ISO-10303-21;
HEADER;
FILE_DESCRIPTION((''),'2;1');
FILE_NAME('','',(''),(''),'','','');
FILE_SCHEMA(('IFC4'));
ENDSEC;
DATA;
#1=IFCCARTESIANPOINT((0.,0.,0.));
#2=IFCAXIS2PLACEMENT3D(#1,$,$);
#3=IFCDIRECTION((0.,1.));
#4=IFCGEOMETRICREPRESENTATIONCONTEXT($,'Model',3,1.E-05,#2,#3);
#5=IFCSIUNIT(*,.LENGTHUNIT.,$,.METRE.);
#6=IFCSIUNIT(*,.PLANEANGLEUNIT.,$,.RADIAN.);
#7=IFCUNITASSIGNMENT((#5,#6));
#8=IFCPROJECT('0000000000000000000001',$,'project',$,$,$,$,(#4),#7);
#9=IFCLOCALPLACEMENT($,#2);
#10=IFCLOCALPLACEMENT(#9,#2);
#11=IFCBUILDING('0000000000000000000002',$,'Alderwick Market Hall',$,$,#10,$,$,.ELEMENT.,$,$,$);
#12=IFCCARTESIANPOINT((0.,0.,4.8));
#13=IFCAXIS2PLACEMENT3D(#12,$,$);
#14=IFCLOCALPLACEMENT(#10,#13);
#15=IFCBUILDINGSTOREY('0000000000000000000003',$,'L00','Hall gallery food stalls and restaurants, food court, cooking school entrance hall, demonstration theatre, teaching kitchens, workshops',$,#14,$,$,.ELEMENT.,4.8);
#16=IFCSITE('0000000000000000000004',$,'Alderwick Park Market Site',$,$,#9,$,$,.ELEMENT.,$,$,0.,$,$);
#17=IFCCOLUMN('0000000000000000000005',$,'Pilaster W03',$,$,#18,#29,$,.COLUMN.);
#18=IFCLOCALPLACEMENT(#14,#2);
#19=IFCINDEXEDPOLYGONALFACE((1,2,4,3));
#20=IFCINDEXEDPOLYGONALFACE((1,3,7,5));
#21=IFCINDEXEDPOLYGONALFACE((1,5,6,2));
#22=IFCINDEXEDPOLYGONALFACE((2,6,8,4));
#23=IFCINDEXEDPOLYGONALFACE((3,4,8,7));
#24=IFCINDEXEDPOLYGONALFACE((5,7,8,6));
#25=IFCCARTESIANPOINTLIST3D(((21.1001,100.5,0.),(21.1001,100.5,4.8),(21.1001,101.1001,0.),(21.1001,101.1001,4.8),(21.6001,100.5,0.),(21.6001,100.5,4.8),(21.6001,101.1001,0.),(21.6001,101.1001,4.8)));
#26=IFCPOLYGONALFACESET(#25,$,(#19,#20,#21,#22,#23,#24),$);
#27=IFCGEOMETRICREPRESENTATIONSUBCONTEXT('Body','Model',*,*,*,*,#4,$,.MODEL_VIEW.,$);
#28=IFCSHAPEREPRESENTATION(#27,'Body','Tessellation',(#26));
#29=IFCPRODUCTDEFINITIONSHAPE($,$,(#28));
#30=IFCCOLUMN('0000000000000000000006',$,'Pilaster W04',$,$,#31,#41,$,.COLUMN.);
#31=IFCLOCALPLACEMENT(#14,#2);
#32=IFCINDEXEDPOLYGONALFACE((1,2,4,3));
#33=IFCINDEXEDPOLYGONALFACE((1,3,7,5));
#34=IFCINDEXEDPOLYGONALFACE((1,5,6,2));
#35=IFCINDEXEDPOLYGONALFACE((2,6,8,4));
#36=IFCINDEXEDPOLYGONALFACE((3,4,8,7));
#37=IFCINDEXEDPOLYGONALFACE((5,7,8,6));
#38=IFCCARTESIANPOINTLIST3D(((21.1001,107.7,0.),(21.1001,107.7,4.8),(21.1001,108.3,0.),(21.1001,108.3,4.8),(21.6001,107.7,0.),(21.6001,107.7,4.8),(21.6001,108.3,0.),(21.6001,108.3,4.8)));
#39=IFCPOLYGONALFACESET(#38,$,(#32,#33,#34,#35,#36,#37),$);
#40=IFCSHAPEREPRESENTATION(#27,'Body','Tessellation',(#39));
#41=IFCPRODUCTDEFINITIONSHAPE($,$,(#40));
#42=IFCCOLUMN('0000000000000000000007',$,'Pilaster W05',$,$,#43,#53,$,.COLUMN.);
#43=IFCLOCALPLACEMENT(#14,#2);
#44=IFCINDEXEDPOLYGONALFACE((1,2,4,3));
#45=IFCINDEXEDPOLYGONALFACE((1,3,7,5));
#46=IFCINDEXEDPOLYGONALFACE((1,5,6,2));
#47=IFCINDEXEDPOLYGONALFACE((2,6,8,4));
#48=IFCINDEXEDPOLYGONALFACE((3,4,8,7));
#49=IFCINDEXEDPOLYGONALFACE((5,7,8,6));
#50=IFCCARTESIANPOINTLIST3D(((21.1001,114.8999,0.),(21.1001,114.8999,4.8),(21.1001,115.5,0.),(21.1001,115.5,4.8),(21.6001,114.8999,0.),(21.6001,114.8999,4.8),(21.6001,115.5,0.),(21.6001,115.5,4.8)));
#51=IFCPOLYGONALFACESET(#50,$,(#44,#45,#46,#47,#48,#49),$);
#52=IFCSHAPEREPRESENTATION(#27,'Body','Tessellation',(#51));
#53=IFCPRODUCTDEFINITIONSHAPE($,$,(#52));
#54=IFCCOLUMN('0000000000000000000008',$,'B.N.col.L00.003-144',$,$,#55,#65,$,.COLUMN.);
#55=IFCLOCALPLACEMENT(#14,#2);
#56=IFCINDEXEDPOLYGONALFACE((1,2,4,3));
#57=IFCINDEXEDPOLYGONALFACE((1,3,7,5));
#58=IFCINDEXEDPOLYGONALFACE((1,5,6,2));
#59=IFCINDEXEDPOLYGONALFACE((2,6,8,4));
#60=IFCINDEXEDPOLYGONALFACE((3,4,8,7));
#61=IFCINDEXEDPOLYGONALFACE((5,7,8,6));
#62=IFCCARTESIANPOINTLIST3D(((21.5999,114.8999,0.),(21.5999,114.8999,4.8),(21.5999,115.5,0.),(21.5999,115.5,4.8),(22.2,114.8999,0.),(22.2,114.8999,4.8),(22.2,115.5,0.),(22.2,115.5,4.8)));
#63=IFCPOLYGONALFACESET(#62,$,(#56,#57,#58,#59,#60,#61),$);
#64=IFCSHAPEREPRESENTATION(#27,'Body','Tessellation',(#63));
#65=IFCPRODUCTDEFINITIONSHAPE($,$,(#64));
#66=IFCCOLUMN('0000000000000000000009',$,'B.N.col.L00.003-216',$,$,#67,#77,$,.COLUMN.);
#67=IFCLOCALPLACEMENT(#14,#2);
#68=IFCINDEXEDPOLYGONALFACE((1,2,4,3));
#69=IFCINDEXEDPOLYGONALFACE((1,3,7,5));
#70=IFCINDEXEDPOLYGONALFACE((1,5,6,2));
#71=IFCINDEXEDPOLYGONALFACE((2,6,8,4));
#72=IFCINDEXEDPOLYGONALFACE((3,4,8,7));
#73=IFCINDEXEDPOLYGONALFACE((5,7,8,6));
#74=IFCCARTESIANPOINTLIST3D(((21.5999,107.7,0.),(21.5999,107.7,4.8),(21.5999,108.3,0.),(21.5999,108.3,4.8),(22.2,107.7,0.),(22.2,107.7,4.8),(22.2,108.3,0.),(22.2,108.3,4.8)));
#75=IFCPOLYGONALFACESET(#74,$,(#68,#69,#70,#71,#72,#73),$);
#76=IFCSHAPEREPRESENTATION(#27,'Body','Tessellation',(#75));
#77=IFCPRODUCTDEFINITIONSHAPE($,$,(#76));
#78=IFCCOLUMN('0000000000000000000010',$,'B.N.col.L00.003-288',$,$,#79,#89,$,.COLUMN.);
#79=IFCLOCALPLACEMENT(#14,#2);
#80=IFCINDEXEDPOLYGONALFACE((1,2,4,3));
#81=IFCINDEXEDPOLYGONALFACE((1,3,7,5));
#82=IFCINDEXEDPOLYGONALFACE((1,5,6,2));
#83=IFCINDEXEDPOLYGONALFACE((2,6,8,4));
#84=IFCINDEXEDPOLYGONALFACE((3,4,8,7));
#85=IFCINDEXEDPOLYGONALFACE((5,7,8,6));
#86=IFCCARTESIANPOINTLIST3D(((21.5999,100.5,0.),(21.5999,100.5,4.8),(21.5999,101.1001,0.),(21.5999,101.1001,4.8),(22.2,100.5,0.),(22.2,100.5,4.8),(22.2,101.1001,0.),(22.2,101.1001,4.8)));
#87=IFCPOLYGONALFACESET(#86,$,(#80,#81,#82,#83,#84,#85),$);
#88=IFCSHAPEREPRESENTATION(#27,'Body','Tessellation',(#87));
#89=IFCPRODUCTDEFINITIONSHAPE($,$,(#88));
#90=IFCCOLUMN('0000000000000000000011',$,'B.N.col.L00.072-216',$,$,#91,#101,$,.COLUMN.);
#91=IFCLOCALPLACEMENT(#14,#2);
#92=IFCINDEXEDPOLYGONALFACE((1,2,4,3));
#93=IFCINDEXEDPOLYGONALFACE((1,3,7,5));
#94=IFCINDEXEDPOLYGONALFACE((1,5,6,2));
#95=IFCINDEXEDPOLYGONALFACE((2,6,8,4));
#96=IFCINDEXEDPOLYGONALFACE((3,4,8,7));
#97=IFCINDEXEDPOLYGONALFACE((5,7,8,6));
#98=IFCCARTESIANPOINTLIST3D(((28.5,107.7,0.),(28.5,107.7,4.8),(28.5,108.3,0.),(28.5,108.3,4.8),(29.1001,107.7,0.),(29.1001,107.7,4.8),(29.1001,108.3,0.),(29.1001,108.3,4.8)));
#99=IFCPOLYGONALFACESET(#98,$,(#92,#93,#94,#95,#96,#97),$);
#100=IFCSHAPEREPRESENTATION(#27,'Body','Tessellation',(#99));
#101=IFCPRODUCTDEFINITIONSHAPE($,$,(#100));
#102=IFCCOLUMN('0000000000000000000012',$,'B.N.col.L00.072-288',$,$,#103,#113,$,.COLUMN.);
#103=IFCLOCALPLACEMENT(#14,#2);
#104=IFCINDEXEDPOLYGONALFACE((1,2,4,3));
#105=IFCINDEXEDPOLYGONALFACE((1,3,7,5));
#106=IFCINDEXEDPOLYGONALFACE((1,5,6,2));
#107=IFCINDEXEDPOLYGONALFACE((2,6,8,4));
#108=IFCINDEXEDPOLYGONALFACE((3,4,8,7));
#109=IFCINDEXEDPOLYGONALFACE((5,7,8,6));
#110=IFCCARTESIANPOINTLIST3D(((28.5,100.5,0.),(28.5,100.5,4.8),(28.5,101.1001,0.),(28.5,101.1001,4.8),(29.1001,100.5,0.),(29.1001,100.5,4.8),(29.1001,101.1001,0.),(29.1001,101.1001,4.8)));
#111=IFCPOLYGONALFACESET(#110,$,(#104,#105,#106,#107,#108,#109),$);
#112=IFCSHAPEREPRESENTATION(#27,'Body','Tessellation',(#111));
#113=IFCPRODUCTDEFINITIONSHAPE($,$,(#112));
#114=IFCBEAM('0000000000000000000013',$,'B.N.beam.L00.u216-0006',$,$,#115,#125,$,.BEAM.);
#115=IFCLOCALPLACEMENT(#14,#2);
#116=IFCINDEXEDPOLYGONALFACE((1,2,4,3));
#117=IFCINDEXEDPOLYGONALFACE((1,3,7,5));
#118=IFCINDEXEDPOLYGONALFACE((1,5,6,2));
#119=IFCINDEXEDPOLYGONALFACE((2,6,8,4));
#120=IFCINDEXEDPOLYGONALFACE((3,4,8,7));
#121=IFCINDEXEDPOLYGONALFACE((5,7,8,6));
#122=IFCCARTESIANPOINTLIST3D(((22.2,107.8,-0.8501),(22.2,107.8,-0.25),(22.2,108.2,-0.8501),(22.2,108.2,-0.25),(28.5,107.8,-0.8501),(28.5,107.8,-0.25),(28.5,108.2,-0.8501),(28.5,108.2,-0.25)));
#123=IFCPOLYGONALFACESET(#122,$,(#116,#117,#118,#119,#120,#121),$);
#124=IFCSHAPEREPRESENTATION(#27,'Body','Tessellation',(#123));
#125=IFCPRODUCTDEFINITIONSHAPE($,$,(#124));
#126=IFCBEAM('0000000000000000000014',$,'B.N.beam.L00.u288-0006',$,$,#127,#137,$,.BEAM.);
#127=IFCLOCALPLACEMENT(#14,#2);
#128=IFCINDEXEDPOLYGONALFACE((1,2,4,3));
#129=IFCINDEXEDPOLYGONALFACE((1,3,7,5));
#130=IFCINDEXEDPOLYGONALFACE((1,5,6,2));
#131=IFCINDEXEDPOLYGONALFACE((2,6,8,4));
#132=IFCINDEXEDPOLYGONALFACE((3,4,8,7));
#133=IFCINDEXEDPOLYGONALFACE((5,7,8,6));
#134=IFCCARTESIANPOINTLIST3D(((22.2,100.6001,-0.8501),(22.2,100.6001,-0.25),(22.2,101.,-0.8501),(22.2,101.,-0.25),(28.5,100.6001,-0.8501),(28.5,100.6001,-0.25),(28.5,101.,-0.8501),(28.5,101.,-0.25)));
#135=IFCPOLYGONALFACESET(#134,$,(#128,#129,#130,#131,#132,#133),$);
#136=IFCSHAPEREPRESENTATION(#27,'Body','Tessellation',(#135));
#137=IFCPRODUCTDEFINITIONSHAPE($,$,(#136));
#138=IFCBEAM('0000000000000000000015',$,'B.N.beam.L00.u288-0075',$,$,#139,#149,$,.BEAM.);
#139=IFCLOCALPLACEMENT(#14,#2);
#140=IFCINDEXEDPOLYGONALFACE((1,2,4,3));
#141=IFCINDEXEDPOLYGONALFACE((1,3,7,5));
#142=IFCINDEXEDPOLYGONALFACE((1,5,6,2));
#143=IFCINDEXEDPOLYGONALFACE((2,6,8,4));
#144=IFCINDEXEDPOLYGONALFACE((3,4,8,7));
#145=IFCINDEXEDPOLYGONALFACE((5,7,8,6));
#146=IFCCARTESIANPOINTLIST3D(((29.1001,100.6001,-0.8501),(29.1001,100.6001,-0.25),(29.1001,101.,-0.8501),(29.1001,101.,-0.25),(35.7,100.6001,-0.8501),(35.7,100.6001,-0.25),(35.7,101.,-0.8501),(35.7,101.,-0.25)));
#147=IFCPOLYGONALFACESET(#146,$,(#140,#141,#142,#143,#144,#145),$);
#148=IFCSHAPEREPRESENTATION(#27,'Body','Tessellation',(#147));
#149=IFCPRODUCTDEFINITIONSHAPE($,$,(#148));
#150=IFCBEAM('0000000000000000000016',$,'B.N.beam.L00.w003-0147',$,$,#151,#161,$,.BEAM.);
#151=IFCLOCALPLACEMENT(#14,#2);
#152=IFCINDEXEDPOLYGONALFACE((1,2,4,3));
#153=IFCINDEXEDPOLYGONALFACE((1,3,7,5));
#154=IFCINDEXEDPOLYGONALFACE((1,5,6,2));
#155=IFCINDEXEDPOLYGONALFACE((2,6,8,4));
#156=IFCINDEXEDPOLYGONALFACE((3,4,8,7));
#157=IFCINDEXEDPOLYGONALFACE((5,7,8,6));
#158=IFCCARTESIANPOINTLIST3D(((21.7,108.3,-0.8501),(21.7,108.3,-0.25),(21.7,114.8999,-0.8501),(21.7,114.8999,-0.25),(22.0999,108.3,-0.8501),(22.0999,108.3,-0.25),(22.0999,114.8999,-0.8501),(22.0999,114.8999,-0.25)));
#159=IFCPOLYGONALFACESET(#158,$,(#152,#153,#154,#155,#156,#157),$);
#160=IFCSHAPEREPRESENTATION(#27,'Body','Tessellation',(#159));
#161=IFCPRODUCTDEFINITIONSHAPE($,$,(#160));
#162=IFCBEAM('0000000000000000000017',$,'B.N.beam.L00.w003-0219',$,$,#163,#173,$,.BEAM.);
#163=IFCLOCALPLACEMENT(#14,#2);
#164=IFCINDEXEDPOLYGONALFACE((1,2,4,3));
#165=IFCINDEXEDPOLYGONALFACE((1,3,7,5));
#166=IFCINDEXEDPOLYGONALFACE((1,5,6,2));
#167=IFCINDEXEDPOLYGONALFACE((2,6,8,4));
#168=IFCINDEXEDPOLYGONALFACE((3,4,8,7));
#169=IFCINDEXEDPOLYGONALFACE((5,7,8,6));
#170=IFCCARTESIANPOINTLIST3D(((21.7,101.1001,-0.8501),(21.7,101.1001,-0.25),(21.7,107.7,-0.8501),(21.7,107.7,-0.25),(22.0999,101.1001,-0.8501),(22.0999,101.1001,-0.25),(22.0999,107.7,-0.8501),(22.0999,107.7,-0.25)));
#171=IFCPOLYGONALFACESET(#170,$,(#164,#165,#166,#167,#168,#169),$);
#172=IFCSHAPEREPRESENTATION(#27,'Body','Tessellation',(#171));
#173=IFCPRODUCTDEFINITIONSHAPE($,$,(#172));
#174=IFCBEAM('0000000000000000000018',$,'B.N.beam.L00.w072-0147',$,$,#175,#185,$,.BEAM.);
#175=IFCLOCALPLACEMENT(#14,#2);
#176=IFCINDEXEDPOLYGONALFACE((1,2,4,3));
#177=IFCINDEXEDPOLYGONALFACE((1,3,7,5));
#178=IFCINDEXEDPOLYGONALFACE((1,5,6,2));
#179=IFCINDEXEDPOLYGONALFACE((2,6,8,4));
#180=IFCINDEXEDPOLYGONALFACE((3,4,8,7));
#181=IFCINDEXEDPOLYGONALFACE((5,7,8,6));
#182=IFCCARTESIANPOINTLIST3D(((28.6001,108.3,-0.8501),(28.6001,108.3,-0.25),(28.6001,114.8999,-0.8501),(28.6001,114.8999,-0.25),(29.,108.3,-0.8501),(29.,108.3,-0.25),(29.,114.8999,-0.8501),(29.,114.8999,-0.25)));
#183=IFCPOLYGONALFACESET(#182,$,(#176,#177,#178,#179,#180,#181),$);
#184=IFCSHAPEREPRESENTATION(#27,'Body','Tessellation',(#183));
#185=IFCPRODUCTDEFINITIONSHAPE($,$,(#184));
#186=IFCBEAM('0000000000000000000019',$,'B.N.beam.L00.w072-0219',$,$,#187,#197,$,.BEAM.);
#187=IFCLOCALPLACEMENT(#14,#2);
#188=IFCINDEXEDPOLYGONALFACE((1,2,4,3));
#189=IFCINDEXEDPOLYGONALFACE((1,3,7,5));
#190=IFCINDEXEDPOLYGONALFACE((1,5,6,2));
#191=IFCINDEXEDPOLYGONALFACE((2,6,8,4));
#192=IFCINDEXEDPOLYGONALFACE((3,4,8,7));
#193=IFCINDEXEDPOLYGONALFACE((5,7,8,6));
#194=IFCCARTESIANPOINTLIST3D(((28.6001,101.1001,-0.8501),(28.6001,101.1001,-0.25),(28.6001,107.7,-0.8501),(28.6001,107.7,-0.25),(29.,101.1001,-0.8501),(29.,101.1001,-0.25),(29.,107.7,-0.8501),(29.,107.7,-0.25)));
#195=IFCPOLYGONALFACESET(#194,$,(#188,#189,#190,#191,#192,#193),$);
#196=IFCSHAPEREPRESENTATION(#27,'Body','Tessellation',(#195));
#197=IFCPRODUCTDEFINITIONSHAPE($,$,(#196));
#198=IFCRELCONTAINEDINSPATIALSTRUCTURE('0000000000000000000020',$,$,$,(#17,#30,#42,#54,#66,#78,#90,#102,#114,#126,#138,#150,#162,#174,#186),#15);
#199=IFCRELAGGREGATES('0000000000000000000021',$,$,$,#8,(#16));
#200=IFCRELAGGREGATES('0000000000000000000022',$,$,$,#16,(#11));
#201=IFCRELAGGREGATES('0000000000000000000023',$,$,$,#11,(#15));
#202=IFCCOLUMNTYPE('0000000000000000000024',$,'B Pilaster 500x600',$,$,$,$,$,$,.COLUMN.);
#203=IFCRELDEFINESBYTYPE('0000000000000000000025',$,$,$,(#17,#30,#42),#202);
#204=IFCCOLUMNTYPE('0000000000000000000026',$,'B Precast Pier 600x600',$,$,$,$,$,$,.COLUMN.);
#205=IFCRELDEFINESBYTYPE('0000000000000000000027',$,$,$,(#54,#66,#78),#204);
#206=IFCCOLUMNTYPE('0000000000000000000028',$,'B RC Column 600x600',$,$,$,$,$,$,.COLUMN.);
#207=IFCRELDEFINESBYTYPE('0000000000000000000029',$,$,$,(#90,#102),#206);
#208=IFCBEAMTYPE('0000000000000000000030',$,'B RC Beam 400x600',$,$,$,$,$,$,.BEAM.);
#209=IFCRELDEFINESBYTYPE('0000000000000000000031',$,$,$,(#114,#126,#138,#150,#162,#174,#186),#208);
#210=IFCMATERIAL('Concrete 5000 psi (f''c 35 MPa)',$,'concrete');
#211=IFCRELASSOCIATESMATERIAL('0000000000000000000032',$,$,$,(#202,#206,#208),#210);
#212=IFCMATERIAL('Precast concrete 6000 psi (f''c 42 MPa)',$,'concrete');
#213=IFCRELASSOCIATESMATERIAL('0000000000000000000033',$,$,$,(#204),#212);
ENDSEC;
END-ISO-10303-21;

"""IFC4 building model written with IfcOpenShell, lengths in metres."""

from ifc_helpers import new_model, si_unit, direction, frame, origin, origin_2d, place, context, subcontext, project, spatial, rectangle, extrude, material, material_profile, profile_set, type_object, element, save


model = new_model("IFC4")

# Units and contexts
model_context = context("Model", 3, precision=1e-05, world=origin(), true_north=direction((0.0, 1.0)))
body_context = subcontext(model_context, "Body", "Model", "MODEL_VIEW")
ifc_project = project(units=[si_unit("LENGTHUNIT", "METRE"), si_unit("PLANEANGLEUNIT", "RADIAN")], contexts=[model_context])

# Site, building, storey
site_placement = place(None, origin())
site = spatial("IfcSite", under=ifc_project, at=site_placement, Name="Alderwick Park Market Site", CompositionType="ELEMENT", RefElevation=0.0)
building_placement = place(site_placement, origin())
building = spatial("IfcBuilding", under=site, at=building_placement, Name="Alderwick Market Hall", CompositionType="ELEMENT")
storey_placement = place(building_placement, frame((0.0, 0.0, 4.8)))
storey = spatial("IfcBuildingStorey", under=building, at=storey_placement, Name="L00", Description="Hall gallery food stalls and restaurants, food court, cooking school entrance hall, demonstration theatre, teaching kitchens, workshops", CompositionType="ELEMENT", Elevation=4.8)

# Columns
ifc_material_1 = material(Name="Concrete 5000 psi (f'c 35 MPa)", Category="concrete")
ifc_material_profile_1 = material_profile(ifc_material_1, rectangle(XDim=0.5, YDim=0.6001, at=origin_2d()), Name="B Pilaster 500x600")
ifc_profile_set_1 = profile_set([ifc_material_profile_1], Name="Concrete 5000 psi (f'c 35 MPa)")
column_type_1 = type_object("IfcColumnType", Name="B Pilaster 500x600", PredefinedType="COLUMN", material=ifc_profile_set_1)
for number, where, z_axis, x_axis, name in (
    (1, (21.3501, 100.8, 0.0), (0.0, 0.0, 1.0), (1.0, 0.0, 0.0), "Pilaster W03"),
    (2, (21.3501, 108.0, 0.0), (0.0, 0.0, 1.0), (1.0, 0.0, 0.0), "Pilaster W04"),
    (3, (21.3501, 115.2, 0.0), (0.0, 0.0, 1.0), (1.0, 0.0, 0.0), "Pilaster W05"),
):
    element("IfcColumn", number, at=place(storey_placement, frame(where, z_axis=z_axis, x_axis=x_axis)), inside=storey, type_object=column_type_1, Name=name, PredefinedType="COLUMN", context=body_context, shape_type="SweptSolid", body=[
        extrude(rectangle(XDim=0.5, YDim=0.6001, at=origin_2d()), origin(), (0.0, 0.0, 1.0), 4.8),
    ])
ifc_material_2 = material(Name="Precast concrete 6000 psi (f'c 42 MPa)", Category="concrete")
ifc_material_profile_2 = material_profile(ifc_material_2, rectangle(XDim=0.6001, YDim=0.6001, at=origin_2d()), Name="B Precast Pier 600x600")
ifc_profile_set_2 = profile_set([ifc_material_profile_2], Name="Precast concrete 6000 psi (f'c 42 MPa)")
column_type_2 = type_object("IfcColumnType", Name="B Precast Pier 600x600", PredefinedType="COLUMN", material=ifc_profile_set_2)
for number, where, z_axis, x_axis, name in (
    (4, (21.8999, 115.2, 0.0), (0.0, 0.0, 1.0), (1.0, 0.0, 0.0), "B.N.col.L00.003-144"),
    (5, (21.8999, 108.0, 0.0), (0.0, 0.0, 1.0), (1.0, 0.0, 0.0), "B.N.col.L00.003-216"),
    (6, (21.8999, 100.8, 0.0), (0.0, 0.0, 1.0), (1.0, 0.0, 0.0), "B.N.col.L00.003-288"),
):
    element("IfcColumn", number, at=place(storey_placement, frame(where, z_axis=z_axis, x_axis=x_axis)), inside=storey, type_object=column_type_2, Name=name, PredefinedType="COLUMN", context=body_context, shape_type="SweptSolid", body=[
        extrude(rectangle(XDim=0.6001, YDim=0.6001, at=origin_2d()), origin(), (0.0, 0.0, 1.0), 4.8),
    ])
ifc_material_profile_3 = material_profile(ifc_material_1, rectangle(XDim=0.6001, YDim=0.6001, at=origin_2d()), Name="B RC Column 600x600")
ifc_profile_set_3 = profile_set([ifc_material_profile_3], Name="Concrete 5000 psi (f'c 35 MPa)")
column_type_3 = type_object("IfcColumnType", Name="B RC Column 600x600", PredefinedType="COLUMN", material=ifc_profile_set_3)
for number, where, z_axis, x_axis, name in (
    (7, (28.8, 108.0, 0.0), (0.0, 0.0, 1.0), (1.0, 0.0, 0.0), "B.N.col.L00.072-216"),
    (8, (28.8, 100.8, 0.0), (0.0, 0.0, 1.0), (1.0, 0.0, 0.0), "B.N.col.L00.072-288"),
):
    element("IfcColumn", number, at=place(storey_placement, frame(where, z_axis=z_axis, x_axis=x_axis)), inside=storey, type_object=column_type_3, Name=name, PredefinedType="COLUMN", context=body_context, shape_type="SweptSolid", body=[
        extrude(rectangle(XDim=0.6001, YDim=0.6001, at=origin_2d()), origin(), (0.0, 0.0, 1.0), 4.8),
    ])

# Beams
ifc_material_profile_4 = material_profile(ifc_material_1, rectangle(XDim=0.3999, YDim=0.6001, at=origin_2d()), Name="B RC Beam 400x600")
ifc_profile_set_4 = profile_set([ifc_material_profile_4], Name="Concrete 5000 psi (f'c 35 MPa)")
beam_type = type_object("IfcBeamType", Name="B RC Beam 400x600", PredefinedType="BEAM", material=ifc_profile_set_4)
for number, where, z_axis, x_axis, name in (
    (9, (22.2, 108.0, -0.55), (1.0, 0.0, 0.0), (0.0, 1.0, 0.0), "B.N.beam.L00.u216-0006"),
    (10, (22.2, 100.8, -0.55), (1.0, 0.0, 0.0), (0.0, 1.0, 0.0), "B.N.beam.L00.u288-0006"),
):
    element("IfcBeam", number, at=place(storey_placement, frame(where, z_axis=z_axis, x_axis=x_axis)), inside=storey, type_object=beam_type, Name=name, PredefinedType="BEAM", context=body_context, shape_type="SweptSolid", body=[
        extrude(rectangle(XDim=0.3999, YDim=0.6001, at=origin_2d()), origin(), (0.0, 0.0, 1.0), 6.3),
    ])
for number, where, z_axis, x_axis, name in (
    (11, (29.1001, 100.8, -0.55), (1.0, 0.0, 0.0), (0.0, 1.0, 0.0), "B.N.beam.L00.u288-0075"),
    (12, (21.8999, 114.8999, -0.55), (0.0, -1.0, 0.0), (1.0, 0.0, 0.0), "B.N.beam.L00.w003-0147"),
    (13, (21.8999, 107.7, -0.55), (0.0, -1.0, 0.0), (1.0, 0.0, 0.0), "B.N.beam.L00.w003-0219"),
    (14, (28.8, 114.8999, -0.55), (0.0, -1.0, 0.0), (1.0, 0.0, 0.0), "B.N.beam.L00.w072-0147"),
    (15, (28.8, 107.7, -0.55), (0.0, -1.0, 0.0), (1.0, 0.0, 0.0), "B.N.beam.L00.w072-0219"),
):
    element("IfcBeam", number, at=place(storey_placement, frame(where, z_axis=z_axis, x_axis=x_axis)), inside=storey, type_object=beam_type, Name=name, PredefinedType="BEAM", context=body_context, shape_type="SweptSolid", body=[
        extrude(rectangle(XDim=0.3999, YDim=0.6001, at=origin_2d()), origin(), (0.0, 0.0, 1.0), 6.5999),
    ])

save(model, "model.ifc")
